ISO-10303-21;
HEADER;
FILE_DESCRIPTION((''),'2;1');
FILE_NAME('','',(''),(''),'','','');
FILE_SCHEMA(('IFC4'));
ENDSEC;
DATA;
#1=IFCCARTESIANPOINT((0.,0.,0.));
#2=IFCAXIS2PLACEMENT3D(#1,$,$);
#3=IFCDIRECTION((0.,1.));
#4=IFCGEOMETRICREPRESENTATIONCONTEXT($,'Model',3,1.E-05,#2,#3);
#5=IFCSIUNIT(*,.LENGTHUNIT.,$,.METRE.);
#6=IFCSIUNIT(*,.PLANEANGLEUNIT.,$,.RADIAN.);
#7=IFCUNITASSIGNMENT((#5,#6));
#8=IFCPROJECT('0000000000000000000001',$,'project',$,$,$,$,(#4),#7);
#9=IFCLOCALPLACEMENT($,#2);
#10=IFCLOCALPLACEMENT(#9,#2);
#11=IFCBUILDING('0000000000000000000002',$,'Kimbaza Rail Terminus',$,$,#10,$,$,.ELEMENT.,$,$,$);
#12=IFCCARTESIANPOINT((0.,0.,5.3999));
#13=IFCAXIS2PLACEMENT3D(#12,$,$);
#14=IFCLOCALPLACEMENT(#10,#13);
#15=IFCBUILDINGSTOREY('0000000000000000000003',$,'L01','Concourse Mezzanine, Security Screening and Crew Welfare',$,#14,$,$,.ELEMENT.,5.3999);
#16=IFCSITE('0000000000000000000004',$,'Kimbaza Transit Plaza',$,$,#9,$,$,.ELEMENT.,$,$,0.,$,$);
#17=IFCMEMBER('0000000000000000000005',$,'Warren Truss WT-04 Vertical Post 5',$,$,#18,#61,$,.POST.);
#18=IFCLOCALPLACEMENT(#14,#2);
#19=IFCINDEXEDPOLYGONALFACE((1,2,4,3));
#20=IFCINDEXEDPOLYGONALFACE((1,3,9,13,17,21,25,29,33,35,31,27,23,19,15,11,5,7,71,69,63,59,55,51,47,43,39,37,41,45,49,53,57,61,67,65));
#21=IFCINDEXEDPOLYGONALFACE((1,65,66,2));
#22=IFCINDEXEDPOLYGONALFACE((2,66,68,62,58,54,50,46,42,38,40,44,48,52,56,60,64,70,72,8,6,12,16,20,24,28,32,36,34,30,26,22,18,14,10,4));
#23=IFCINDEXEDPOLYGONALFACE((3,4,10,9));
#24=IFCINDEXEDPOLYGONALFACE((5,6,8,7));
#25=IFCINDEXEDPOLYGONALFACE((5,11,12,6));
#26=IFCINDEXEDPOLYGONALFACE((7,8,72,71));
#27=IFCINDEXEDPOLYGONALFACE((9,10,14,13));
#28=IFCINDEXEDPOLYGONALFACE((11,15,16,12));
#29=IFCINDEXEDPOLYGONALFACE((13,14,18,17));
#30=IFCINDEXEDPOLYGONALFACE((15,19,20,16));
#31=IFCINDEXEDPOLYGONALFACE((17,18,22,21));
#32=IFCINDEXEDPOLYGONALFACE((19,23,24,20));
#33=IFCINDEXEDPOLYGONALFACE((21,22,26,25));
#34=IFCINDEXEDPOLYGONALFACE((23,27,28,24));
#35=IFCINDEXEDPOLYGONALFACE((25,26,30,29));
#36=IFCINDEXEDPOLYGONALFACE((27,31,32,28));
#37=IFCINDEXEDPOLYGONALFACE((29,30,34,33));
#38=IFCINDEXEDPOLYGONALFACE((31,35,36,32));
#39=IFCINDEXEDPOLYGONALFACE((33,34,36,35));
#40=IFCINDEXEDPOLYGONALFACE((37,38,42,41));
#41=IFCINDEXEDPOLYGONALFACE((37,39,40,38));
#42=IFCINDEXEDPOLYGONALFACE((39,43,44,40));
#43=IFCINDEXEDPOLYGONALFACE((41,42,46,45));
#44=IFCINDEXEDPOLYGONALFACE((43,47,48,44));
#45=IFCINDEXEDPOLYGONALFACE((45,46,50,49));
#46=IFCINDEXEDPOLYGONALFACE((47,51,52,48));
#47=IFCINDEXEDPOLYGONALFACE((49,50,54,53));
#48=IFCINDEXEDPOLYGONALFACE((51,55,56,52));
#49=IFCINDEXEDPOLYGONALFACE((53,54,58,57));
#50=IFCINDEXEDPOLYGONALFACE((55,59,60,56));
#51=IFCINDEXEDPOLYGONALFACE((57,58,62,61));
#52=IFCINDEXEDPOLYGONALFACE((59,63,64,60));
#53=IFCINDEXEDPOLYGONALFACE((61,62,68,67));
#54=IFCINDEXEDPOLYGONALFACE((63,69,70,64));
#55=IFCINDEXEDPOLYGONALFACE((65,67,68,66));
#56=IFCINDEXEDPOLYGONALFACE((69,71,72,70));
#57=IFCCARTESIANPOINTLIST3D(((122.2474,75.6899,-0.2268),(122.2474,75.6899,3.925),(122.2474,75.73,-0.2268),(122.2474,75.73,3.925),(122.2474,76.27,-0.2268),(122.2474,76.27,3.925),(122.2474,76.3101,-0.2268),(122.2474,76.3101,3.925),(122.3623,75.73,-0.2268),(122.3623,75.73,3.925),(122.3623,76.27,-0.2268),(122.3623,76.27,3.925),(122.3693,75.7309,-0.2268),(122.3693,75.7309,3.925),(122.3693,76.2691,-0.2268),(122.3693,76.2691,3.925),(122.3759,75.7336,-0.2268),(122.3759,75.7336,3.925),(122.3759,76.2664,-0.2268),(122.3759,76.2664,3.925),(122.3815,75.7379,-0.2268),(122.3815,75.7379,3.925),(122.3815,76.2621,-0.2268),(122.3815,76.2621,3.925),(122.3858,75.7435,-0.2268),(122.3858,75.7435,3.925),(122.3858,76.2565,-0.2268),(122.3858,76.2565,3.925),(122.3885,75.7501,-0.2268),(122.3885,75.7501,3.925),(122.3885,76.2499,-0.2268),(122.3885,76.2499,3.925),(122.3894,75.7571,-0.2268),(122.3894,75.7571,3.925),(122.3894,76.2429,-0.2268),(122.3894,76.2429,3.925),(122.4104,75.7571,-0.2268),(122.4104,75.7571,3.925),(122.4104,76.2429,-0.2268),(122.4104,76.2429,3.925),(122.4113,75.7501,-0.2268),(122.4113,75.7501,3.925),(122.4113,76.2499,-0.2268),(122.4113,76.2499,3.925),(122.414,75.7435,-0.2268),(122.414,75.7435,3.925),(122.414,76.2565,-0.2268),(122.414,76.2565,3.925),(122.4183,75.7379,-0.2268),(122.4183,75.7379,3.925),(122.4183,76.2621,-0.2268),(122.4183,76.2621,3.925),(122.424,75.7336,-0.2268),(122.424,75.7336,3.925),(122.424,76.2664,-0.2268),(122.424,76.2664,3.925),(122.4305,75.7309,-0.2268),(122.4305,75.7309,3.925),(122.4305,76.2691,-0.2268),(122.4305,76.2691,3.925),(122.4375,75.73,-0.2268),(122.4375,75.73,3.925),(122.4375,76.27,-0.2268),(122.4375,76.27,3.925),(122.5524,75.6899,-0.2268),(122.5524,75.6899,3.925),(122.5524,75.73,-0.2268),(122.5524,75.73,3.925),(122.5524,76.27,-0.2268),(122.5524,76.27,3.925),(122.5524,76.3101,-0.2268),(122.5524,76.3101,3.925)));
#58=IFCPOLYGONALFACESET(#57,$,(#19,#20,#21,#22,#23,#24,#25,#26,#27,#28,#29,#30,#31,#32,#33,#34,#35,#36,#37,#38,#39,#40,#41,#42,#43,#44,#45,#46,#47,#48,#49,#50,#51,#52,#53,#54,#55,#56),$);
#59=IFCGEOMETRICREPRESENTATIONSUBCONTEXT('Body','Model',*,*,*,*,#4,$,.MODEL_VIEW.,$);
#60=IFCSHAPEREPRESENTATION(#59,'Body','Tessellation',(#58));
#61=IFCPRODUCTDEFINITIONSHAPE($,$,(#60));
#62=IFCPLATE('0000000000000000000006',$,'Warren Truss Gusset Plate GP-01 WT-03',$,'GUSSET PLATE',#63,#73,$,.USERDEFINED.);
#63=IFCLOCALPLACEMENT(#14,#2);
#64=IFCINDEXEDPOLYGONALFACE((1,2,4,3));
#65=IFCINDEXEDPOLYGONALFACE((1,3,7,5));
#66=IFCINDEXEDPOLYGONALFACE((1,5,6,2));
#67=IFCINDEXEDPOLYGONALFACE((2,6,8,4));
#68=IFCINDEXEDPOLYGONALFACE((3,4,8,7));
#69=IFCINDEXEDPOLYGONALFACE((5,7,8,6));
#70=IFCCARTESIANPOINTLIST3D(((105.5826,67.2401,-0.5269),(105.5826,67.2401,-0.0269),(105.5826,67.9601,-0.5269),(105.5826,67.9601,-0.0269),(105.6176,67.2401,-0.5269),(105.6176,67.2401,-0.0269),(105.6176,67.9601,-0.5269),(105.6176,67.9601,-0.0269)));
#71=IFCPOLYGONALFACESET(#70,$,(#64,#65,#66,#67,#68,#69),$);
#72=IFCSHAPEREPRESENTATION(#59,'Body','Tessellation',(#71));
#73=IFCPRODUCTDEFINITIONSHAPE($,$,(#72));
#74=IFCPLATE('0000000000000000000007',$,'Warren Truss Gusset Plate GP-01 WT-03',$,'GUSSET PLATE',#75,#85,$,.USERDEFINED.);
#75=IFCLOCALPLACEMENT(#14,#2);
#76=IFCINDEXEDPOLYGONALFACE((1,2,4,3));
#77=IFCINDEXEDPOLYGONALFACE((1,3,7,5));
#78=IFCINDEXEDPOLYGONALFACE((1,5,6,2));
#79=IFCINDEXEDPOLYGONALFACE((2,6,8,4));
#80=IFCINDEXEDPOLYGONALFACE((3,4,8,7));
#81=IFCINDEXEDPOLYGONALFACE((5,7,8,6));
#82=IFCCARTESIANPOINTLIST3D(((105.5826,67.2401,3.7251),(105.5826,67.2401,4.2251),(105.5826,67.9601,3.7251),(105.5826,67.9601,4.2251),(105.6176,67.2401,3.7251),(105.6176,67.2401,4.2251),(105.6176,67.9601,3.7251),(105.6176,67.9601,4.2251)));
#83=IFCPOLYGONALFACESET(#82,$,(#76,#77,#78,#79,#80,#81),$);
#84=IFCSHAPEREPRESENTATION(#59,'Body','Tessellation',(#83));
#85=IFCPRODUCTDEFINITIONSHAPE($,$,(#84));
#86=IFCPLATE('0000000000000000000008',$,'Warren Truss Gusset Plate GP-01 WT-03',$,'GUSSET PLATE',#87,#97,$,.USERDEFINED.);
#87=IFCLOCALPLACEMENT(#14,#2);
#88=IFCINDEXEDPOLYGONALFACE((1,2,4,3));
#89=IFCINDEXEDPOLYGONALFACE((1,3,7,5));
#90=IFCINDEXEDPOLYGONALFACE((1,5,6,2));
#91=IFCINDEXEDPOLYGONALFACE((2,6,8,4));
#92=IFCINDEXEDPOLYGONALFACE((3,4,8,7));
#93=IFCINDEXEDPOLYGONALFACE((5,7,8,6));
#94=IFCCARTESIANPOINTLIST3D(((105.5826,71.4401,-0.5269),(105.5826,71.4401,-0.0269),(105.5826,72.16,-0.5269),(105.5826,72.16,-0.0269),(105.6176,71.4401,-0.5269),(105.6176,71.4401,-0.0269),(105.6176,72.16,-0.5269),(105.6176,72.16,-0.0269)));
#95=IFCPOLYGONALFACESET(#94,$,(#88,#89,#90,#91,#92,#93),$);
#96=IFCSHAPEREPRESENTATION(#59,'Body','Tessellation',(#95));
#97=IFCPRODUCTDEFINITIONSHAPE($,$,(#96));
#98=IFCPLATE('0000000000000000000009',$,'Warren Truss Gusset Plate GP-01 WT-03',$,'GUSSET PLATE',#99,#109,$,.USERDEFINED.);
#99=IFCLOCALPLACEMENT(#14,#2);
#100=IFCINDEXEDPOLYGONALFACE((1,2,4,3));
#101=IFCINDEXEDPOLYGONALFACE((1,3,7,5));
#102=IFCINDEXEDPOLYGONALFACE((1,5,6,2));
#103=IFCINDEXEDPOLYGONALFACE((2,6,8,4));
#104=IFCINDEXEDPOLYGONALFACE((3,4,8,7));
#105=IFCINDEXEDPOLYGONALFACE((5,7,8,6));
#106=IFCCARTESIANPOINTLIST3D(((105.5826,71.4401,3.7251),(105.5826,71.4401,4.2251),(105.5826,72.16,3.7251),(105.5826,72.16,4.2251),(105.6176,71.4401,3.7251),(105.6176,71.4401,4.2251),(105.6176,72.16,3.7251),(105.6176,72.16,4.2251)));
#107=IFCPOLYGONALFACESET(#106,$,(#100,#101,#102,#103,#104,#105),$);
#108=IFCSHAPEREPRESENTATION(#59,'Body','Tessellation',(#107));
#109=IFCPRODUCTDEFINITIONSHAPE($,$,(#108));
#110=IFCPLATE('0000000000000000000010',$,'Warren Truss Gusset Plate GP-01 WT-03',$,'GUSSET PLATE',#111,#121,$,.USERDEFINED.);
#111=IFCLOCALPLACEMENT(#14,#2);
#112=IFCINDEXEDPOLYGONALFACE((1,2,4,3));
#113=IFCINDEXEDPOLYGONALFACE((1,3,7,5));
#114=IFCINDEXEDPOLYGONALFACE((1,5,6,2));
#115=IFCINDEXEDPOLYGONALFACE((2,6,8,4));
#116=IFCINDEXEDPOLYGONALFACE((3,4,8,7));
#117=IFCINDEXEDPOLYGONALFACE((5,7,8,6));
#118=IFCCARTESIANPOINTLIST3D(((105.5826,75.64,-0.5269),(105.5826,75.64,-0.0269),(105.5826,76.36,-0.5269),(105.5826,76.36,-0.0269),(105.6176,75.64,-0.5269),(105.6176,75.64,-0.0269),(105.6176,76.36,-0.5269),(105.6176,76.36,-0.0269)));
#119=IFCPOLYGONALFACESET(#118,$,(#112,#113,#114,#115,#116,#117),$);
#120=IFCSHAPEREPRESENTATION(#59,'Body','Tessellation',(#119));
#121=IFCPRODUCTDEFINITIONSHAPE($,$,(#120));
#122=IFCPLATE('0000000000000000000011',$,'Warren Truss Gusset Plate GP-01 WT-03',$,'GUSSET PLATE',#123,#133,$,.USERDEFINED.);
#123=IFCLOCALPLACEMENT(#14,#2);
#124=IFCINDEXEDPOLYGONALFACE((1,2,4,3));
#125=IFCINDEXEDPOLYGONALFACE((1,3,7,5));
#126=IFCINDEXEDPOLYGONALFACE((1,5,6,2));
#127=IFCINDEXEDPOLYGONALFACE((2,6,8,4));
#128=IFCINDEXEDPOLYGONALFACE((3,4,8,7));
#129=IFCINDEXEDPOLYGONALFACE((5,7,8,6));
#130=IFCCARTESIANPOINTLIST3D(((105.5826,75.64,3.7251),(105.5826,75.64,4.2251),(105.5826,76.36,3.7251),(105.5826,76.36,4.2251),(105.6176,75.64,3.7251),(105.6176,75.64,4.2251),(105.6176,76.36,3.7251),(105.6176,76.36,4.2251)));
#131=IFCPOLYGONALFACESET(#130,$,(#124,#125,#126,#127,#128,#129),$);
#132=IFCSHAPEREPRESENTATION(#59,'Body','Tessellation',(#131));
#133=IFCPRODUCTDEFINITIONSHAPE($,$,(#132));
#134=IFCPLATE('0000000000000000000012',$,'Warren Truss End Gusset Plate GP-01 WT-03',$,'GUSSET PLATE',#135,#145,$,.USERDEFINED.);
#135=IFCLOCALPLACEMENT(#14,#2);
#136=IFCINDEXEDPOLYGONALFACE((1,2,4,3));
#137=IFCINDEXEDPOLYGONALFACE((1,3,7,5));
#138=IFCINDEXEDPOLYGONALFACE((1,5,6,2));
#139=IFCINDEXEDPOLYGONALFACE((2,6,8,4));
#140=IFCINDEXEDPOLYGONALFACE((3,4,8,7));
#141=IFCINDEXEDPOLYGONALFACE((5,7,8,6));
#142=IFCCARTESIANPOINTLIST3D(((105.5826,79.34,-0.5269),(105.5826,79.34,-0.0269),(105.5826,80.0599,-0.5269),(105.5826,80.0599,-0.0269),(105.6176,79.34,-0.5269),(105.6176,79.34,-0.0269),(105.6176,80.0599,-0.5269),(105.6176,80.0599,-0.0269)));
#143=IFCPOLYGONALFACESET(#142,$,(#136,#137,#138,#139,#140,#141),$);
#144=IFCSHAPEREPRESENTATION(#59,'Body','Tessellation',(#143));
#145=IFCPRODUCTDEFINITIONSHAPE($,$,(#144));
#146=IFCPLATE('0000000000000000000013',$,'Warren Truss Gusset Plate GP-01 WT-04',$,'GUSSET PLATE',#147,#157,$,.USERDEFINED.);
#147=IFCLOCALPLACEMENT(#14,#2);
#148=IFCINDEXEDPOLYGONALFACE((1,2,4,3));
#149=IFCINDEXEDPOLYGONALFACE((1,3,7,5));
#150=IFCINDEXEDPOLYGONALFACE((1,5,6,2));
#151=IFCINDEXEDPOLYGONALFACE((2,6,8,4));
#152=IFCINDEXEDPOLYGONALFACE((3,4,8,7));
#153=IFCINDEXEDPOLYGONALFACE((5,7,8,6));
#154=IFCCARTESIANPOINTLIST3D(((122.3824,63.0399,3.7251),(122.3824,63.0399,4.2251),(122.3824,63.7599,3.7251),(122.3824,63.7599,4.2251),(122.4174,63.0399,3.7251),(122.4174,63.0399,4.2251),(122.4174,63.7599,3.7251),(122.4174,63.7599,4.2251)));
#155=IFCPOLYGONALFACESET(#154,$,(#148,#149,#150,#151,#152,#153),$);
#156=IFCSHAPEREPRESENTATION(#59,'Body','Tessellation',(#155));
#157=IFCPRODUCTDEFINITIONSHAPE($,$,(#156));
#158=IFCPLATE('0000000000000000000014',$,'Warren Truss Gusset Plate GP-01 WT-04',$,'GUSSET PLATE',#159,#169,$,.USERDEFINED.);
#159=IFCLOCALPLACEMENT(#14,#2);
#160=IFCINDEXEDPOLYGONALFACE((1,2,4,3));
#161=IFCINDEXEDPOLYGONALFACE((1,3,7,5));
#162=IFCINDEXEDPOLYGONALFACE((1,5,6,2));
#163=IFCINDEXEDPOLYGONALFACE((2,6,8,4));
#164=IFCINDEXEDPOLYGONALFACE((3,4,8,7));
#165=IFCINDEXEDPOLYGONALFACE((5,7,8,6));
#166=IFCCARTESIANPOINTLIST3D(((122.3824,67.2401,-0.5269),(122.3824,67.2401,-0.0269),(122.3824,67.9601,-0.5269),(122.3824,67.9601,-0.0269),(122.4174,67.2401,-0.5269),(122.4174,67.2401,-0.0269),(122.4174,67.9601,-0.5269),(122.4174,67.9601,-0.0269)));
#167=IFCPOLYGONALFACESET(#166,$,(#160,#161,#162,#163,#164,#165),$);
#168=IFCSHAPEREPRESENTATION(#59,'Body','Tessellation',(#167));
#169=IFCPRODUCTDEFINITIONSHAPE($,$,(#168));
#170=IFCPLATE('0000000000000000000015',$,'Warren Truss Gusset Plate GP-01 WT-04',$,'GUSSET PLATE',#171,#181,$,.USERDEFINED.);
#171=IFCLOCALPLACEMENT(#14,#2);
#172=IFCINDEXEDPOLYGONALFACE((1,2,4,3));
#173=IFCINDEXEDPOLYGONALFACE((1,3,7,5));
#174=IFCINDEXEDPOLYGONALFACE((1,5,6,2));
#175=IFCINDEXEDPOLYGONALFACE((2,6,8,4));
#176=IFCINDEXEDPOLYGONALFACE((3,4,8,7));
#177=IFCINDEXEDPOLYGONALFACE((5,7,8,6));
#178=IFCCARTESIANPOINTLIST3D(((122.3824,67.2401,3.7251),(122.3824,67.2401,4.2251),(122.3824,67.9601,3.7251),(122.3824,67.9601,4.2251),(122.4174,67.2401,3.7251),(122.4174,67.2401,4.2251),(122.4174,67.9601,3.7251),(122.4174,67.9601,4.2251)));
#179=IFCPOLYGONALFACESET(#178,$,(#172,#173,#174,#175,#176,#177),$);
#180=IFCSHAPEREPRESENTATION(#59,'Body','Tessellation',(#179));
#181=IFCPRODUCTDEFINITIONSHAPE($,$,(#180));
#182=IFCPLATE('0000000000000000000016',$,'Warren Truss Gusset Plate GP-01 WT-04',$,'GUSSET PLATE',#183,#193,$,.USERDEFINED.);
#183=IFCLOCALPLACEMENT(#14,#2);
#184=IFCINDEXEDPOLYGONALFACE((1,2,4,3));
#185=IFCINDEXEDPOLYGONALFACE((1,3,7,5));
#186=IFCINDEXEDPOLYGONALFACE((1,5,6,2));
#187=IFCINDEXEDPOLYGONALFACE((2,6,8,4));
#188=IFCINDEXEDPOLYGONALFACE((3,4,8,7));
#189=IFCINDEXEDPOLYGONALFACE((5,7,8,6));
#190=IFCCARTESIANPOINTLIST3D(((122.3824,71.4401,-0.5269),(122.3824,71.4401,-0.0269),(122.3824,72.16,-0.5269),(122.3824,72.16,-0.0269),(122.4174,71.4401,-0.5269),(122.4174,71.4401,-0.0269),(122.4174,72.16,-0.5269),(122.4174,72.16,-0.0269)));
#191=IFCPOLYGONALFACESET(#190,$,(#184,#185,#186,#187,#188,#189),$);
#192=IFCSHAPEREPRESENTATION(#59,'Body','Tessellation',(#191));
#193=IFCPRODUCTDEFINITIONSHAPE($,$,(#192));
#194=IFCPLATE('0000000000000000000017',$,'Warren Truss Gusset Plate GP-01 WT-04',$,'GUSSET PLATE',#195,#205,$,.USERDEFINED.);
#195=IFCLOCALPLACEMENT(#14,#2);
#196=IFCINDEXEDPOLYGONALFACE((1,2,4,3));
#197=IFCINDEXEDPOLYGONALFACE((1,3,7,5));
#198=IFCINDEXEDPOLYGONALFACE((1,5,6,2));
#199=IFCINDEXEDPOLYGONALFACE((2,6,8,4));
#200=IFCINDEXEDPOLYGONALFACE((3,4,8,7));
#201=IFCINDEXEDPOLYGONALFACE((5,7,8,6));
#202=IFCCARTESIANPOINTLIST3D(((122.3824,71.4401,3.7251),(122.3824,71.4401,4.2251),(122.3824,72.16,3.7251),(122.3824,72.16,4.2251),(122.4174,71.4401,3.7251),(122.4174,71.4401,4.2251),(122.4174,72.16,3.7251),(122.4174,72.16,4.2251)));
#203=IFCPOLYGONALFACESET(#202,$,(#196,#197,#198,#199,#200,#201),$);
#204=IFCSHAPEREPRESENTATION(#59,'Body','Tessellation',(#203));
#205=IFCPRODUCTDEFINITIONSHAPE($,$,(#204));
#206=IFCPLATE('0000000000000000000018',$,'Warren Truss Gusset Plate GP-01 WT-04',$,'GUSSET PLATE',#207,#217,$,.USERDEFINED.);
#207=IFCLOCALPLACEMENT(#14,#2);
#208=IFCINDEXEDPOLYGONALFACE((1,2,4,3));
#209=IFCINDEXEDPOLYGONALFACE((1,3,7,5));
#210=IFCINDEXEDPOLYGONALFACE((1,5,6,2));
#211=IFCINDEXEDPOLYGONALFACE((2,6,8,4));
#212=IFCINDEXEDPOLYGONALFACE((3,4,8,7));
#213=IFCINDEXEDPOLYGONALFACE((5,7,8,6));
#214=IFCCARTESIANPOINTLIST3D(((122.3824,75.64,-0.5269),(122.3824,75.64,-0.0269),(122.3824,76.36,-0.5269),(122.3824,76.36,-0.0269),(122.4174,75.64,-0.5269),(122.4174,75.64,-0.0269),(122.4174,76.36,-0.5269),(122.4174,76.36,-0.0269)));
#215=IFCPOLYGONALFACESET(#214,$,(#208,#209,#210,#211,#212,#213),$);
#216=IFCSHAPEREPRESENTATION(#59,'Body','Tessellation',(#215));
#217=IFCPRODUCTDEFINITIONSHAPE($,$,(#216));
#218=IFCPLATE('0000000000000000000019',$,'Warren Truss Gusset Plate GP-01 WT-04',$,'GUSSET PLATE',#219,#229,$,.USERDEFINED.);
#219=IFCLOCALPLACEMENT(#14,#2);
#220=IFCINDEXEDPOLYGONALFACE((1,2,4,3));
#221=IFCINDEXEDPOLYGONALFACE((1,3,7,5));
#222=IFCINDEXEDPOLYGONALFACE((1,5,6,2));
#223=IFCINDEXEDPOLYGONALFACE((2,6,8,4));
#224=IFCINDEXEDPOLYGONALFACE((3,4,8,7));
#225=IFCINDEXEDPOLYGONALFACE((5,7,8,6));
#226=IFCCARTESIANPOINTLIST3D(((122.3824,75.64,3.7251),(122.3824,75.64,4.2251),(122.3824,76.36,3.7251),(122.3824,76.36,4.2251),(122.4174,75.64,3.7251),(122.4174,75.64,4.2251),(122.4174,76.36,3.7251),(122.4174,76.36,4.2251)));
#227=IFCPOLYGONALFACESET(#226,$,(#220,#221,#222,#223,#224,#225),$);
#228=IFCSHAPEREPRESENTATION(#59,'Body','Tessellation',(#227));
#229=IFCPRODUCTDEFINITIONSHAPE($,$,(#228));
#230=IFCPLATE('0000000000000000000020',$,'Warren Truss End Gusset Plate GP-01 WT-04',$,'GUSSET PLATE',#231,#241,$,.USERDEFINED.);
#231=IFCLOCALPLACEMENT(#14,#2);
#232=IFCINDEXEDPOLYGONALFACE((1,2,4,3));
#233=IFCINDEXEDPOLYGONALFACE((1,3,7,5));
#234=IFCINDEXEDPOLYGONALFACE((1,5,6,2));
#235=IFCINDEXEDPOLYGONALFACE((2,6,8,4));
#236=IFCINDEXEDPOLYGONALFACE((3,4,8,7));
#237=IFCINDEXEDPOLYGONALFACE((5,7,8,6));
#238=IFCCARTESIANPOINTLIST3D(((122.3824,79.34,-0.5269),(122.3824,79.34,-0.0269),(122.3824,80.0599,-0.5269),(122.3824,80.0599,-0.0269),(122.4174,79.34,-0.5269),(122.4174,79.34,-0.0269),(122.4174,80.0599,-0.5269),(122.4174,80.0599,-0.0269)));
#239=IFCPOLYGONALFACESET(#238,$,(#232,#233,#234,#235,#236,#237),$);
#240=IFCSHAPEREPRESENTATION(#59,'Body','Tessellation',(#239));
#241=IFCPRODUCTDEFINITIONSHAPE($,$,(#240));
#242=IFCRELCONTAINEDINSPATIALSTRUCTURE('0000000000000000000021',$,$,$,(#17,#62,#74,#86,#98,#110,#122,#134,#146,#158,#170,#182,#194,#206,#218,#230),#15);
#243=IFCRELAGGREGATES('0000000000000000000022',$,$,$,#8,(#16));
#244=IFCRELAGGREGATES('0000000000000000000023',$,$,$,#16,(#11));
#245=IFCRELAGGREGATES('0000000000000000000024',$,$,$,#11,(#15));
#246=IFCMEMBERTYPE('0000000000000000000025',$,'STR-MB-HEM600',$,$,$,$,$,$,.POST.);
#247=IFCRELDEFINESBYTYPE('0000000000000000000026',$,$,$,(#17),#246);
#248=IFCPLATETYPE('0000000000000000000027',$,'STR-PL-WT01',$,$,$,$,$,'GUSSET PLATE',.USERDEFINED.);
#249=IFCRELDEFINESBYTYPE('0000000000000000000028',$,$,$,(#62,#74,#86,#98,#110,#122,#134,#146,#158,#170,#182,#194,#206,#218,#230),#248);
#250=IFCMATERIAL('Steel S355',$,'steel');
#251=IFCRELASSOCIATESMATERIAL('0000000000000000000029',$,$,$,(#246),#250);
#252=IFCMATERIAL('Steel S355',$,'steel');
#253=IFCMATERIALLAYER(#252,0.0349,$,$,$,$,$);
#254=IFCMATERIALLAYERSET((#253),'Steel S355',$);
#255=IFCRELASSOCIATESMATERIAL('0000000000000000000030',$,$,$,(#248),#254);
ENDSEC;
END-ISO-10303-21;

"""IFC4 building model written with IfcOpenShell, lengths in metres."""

from ifc_helpers import new_model, si_unit, direction, frame, origin, origin_2d, place, context, subcontext, project, spatial, rectangle, i_section, extrude, material, layer, layer_set, material_profile, profile_set, type_object, element, save


model = new_model("IFC4")

# Units and contexts
model_context = context("Model", 3, precision=1e-05, world=origin(), true_north=direction((0.0, 1.0)))
body_context = subcontext(model_context, "Body", "Model", "MODEL_VIEW")
ifc_project = project(units=[si_unit("LENGTHUNIT", "METRE"), si_unit("PLANEANGLEUNIT", "RADIAN")], contexts=[model_context])

# Site, building, storey
site_placement = place(None, origin())
site = spatial("IfcSite", under=ifc_project, at=site_placement, Name="Kimbaza Transit Plaza", CompositionType="ELEMENT", RefElevation=0.0)
building_placement = place(site_placement, origin())
building = spatial("IfcBuilding", under=site, at=building_placement, Name="Kimbaza Rail Terminus", CompositionType="ELEMENT")
storey_placement = place(building_placement, frame((0.0, 0.0, 5.3999)))
storey = spatial("IfcBuildingStorey", under=building, at=storey_placement, Name="L01", Description="Concourse Mezzanine, Security Screening and Crew Welfare", CompositionType="ELEMENT", Elevation=5.3999)

# Member
ifc_material_1 = material(Name="Steel S355", Category="steel")
ifc_material_profile_1 = material_profile(ifc_material_1, i_section(OverallWidth=0.3049, OverallDepth=0.6201, WebThickness=0.021, FlangeThickness=0.04, FilletRadius=0.0271, at=origin_2d()), Name="HEM 600")
ifc_profile_set_1 = profile_set([ifc_material_profile_1], Name="Steel S355")
member_type_1 = type_object("IfcMemberType", Name="STR-MB-HEM600", PredefinedType="POST", material=ifc_profile_set_1)
for number, where, z_axis, x_axis, name in (
    (1, (122.3999, 76.0, -0.2268), (0.0, 0.0, 1.0), (1.0, 0.0, 0.0), "Warren Truss WT-04 Vertical Post 5"),
):
    element("IfcMember", number, at=place(storey_placement, frame(where, z_axis=z_axis, x_axis=x_axis)), inside=storey, type_object=member_type_1, Name=name, PredefinedType="POST", context=body_context, shape_type="SweptSolid", body=[
        extrude(i_section(OverallWidth=0.3049, OverallDepth=0.6201, WebThickness=0.021, FlangeThickness=0.04, FilletRadius=0.0271, at=origin_2d()), origin(), (0.0, 0.0, 1.0), 4.1519),
    ])

# Plates
ifc_material_2 = material(Name="Steel S355", Category="steel")
ifc_layer = layer(ifc_material_2, 0.0349)
ifc_layer_set = layer_set([ifc_layer], Name="Steel S355")
plate_type = type_object("IfcPlateType", Name="STR-PL-WT01", ElementType="GUSSET PLATE", PredefinedType="USERDEFINED", material=ifc_layer_set)
for number, where, z_axis, x_axis, name in (
    (2, (105.6001, 67.6001, -0.5269), (0.0, 0.0, 1.0), (1.0, 0.0, 0.0), "Warren Truss Gusset Plate GP-01 WT-03"),
    (3, (105.6001, 67.6001, 3.7251), (0.0, 0.0, 1.0), (1.0, 0.0, 0.0), "Warren Truss Gusset Plate GP-01 WT-03"),
    (4, (105.6001, 71.8, -0.5269), (0.0, 0.0, 1.0), (1.0, 0.0, 0.0), "Warren Truss Gusset Plate GP-01 WT-03"),
    (5, (105.6001, 71.8, 3.7251), (0.0, 0.0, 1.0), (1.0, 0.0, 0.0), "Warren Truss Gusset Plate GP-01 WT-03"),
    (6, (105.6001, 76.0, -0.5269), (0.0, 0.0, 1.0), (1.0, 0.0, 0.0), "Warren Truss Gusset Plate GP-01 WT-03"),
    (7, (105.6001, 76.0, 3.7251), (0.0, 0.0, 1.0), (1.0, 0.0, 0.0), "Warren Truss Gusset Plate GP-01 WT-03"),
    (8, (105.6001, 79.7, -0.5269), (0.0, 0.0, 1.0), (1.0, 0.0, 0.0), "Warren Truss End Gusset Plate GP-01 WT-03"),
    (9, (122.3999, 63.3999, 3.7251), (0.0, 0.0, 1.0), (1.0, 0.0, 0.0), "Warren Truss Gusset Plate GP-01 WT-04"),
    (10, (122.3999, 67.6001, -0.5269), (0.0, 0.0, 1.0), (1.0, 0.0, 0.0), "Warren Truss Gusset Plate GP-01 WT-04"),
    (11, (122.3999, 67.6001, 3.7251), (0.0, 0.0, 1.0), (1.0, 0.0, 0.0), "Warren Truss Gusset Plate GP-01 WT-04"),
    (12, (122.3999, 71.8, -0.5269), (0.0, 0.0, 1.0), (1.0, 0.0, 0.0), "Warren Truss Gusset Plate GP-01 WT-04"),
    (13, (122.3999, 71.8, 3.7251), (0.0, 0.0, 1.0), (1.0, 0.0, 0.0), "Warren Truss Gusset Plate GP-01 WT-04"),
    (14, (122.3999, 76.0, -0.5269), (0.0, 0.0, 1.0), (1.0, 0.0, 0.0), "Warren Truss Gusset Plate GP-01 WT-04"),
    (15, (122.3999, 76.0, 3.7251), (0.0, 0.0, 1.0), (1.0, 0.0, 0.0), "Warren Truss Gusset Plate GP-01 WT-04"),
    (16, (122.3999, 79.7, -0.5269), (0.0, 0.0, 1.0), (1.0, 0.0, 0.0), "Warren Truss End Gusset Plate GP-01 WT-04"),
):
    element("IfcPlate", number, at=place(storey_placement, frame(where, z_axis=z_axis, x_axis=x_axis)), inside=storey, type_object=plate_type, Name=name, ObjectType="GUSSET PLATE", PredefinedType="USERDEFINED", context=body_context, shape_type="SweptSolid", body=[
        extrude(rectangle(XDim=0.0349, YDim=0.72, at=origin_2d()), origin(), (0.0, 0.0, 1.0), 0.5),
    ])

save(model, "model.ifc")
